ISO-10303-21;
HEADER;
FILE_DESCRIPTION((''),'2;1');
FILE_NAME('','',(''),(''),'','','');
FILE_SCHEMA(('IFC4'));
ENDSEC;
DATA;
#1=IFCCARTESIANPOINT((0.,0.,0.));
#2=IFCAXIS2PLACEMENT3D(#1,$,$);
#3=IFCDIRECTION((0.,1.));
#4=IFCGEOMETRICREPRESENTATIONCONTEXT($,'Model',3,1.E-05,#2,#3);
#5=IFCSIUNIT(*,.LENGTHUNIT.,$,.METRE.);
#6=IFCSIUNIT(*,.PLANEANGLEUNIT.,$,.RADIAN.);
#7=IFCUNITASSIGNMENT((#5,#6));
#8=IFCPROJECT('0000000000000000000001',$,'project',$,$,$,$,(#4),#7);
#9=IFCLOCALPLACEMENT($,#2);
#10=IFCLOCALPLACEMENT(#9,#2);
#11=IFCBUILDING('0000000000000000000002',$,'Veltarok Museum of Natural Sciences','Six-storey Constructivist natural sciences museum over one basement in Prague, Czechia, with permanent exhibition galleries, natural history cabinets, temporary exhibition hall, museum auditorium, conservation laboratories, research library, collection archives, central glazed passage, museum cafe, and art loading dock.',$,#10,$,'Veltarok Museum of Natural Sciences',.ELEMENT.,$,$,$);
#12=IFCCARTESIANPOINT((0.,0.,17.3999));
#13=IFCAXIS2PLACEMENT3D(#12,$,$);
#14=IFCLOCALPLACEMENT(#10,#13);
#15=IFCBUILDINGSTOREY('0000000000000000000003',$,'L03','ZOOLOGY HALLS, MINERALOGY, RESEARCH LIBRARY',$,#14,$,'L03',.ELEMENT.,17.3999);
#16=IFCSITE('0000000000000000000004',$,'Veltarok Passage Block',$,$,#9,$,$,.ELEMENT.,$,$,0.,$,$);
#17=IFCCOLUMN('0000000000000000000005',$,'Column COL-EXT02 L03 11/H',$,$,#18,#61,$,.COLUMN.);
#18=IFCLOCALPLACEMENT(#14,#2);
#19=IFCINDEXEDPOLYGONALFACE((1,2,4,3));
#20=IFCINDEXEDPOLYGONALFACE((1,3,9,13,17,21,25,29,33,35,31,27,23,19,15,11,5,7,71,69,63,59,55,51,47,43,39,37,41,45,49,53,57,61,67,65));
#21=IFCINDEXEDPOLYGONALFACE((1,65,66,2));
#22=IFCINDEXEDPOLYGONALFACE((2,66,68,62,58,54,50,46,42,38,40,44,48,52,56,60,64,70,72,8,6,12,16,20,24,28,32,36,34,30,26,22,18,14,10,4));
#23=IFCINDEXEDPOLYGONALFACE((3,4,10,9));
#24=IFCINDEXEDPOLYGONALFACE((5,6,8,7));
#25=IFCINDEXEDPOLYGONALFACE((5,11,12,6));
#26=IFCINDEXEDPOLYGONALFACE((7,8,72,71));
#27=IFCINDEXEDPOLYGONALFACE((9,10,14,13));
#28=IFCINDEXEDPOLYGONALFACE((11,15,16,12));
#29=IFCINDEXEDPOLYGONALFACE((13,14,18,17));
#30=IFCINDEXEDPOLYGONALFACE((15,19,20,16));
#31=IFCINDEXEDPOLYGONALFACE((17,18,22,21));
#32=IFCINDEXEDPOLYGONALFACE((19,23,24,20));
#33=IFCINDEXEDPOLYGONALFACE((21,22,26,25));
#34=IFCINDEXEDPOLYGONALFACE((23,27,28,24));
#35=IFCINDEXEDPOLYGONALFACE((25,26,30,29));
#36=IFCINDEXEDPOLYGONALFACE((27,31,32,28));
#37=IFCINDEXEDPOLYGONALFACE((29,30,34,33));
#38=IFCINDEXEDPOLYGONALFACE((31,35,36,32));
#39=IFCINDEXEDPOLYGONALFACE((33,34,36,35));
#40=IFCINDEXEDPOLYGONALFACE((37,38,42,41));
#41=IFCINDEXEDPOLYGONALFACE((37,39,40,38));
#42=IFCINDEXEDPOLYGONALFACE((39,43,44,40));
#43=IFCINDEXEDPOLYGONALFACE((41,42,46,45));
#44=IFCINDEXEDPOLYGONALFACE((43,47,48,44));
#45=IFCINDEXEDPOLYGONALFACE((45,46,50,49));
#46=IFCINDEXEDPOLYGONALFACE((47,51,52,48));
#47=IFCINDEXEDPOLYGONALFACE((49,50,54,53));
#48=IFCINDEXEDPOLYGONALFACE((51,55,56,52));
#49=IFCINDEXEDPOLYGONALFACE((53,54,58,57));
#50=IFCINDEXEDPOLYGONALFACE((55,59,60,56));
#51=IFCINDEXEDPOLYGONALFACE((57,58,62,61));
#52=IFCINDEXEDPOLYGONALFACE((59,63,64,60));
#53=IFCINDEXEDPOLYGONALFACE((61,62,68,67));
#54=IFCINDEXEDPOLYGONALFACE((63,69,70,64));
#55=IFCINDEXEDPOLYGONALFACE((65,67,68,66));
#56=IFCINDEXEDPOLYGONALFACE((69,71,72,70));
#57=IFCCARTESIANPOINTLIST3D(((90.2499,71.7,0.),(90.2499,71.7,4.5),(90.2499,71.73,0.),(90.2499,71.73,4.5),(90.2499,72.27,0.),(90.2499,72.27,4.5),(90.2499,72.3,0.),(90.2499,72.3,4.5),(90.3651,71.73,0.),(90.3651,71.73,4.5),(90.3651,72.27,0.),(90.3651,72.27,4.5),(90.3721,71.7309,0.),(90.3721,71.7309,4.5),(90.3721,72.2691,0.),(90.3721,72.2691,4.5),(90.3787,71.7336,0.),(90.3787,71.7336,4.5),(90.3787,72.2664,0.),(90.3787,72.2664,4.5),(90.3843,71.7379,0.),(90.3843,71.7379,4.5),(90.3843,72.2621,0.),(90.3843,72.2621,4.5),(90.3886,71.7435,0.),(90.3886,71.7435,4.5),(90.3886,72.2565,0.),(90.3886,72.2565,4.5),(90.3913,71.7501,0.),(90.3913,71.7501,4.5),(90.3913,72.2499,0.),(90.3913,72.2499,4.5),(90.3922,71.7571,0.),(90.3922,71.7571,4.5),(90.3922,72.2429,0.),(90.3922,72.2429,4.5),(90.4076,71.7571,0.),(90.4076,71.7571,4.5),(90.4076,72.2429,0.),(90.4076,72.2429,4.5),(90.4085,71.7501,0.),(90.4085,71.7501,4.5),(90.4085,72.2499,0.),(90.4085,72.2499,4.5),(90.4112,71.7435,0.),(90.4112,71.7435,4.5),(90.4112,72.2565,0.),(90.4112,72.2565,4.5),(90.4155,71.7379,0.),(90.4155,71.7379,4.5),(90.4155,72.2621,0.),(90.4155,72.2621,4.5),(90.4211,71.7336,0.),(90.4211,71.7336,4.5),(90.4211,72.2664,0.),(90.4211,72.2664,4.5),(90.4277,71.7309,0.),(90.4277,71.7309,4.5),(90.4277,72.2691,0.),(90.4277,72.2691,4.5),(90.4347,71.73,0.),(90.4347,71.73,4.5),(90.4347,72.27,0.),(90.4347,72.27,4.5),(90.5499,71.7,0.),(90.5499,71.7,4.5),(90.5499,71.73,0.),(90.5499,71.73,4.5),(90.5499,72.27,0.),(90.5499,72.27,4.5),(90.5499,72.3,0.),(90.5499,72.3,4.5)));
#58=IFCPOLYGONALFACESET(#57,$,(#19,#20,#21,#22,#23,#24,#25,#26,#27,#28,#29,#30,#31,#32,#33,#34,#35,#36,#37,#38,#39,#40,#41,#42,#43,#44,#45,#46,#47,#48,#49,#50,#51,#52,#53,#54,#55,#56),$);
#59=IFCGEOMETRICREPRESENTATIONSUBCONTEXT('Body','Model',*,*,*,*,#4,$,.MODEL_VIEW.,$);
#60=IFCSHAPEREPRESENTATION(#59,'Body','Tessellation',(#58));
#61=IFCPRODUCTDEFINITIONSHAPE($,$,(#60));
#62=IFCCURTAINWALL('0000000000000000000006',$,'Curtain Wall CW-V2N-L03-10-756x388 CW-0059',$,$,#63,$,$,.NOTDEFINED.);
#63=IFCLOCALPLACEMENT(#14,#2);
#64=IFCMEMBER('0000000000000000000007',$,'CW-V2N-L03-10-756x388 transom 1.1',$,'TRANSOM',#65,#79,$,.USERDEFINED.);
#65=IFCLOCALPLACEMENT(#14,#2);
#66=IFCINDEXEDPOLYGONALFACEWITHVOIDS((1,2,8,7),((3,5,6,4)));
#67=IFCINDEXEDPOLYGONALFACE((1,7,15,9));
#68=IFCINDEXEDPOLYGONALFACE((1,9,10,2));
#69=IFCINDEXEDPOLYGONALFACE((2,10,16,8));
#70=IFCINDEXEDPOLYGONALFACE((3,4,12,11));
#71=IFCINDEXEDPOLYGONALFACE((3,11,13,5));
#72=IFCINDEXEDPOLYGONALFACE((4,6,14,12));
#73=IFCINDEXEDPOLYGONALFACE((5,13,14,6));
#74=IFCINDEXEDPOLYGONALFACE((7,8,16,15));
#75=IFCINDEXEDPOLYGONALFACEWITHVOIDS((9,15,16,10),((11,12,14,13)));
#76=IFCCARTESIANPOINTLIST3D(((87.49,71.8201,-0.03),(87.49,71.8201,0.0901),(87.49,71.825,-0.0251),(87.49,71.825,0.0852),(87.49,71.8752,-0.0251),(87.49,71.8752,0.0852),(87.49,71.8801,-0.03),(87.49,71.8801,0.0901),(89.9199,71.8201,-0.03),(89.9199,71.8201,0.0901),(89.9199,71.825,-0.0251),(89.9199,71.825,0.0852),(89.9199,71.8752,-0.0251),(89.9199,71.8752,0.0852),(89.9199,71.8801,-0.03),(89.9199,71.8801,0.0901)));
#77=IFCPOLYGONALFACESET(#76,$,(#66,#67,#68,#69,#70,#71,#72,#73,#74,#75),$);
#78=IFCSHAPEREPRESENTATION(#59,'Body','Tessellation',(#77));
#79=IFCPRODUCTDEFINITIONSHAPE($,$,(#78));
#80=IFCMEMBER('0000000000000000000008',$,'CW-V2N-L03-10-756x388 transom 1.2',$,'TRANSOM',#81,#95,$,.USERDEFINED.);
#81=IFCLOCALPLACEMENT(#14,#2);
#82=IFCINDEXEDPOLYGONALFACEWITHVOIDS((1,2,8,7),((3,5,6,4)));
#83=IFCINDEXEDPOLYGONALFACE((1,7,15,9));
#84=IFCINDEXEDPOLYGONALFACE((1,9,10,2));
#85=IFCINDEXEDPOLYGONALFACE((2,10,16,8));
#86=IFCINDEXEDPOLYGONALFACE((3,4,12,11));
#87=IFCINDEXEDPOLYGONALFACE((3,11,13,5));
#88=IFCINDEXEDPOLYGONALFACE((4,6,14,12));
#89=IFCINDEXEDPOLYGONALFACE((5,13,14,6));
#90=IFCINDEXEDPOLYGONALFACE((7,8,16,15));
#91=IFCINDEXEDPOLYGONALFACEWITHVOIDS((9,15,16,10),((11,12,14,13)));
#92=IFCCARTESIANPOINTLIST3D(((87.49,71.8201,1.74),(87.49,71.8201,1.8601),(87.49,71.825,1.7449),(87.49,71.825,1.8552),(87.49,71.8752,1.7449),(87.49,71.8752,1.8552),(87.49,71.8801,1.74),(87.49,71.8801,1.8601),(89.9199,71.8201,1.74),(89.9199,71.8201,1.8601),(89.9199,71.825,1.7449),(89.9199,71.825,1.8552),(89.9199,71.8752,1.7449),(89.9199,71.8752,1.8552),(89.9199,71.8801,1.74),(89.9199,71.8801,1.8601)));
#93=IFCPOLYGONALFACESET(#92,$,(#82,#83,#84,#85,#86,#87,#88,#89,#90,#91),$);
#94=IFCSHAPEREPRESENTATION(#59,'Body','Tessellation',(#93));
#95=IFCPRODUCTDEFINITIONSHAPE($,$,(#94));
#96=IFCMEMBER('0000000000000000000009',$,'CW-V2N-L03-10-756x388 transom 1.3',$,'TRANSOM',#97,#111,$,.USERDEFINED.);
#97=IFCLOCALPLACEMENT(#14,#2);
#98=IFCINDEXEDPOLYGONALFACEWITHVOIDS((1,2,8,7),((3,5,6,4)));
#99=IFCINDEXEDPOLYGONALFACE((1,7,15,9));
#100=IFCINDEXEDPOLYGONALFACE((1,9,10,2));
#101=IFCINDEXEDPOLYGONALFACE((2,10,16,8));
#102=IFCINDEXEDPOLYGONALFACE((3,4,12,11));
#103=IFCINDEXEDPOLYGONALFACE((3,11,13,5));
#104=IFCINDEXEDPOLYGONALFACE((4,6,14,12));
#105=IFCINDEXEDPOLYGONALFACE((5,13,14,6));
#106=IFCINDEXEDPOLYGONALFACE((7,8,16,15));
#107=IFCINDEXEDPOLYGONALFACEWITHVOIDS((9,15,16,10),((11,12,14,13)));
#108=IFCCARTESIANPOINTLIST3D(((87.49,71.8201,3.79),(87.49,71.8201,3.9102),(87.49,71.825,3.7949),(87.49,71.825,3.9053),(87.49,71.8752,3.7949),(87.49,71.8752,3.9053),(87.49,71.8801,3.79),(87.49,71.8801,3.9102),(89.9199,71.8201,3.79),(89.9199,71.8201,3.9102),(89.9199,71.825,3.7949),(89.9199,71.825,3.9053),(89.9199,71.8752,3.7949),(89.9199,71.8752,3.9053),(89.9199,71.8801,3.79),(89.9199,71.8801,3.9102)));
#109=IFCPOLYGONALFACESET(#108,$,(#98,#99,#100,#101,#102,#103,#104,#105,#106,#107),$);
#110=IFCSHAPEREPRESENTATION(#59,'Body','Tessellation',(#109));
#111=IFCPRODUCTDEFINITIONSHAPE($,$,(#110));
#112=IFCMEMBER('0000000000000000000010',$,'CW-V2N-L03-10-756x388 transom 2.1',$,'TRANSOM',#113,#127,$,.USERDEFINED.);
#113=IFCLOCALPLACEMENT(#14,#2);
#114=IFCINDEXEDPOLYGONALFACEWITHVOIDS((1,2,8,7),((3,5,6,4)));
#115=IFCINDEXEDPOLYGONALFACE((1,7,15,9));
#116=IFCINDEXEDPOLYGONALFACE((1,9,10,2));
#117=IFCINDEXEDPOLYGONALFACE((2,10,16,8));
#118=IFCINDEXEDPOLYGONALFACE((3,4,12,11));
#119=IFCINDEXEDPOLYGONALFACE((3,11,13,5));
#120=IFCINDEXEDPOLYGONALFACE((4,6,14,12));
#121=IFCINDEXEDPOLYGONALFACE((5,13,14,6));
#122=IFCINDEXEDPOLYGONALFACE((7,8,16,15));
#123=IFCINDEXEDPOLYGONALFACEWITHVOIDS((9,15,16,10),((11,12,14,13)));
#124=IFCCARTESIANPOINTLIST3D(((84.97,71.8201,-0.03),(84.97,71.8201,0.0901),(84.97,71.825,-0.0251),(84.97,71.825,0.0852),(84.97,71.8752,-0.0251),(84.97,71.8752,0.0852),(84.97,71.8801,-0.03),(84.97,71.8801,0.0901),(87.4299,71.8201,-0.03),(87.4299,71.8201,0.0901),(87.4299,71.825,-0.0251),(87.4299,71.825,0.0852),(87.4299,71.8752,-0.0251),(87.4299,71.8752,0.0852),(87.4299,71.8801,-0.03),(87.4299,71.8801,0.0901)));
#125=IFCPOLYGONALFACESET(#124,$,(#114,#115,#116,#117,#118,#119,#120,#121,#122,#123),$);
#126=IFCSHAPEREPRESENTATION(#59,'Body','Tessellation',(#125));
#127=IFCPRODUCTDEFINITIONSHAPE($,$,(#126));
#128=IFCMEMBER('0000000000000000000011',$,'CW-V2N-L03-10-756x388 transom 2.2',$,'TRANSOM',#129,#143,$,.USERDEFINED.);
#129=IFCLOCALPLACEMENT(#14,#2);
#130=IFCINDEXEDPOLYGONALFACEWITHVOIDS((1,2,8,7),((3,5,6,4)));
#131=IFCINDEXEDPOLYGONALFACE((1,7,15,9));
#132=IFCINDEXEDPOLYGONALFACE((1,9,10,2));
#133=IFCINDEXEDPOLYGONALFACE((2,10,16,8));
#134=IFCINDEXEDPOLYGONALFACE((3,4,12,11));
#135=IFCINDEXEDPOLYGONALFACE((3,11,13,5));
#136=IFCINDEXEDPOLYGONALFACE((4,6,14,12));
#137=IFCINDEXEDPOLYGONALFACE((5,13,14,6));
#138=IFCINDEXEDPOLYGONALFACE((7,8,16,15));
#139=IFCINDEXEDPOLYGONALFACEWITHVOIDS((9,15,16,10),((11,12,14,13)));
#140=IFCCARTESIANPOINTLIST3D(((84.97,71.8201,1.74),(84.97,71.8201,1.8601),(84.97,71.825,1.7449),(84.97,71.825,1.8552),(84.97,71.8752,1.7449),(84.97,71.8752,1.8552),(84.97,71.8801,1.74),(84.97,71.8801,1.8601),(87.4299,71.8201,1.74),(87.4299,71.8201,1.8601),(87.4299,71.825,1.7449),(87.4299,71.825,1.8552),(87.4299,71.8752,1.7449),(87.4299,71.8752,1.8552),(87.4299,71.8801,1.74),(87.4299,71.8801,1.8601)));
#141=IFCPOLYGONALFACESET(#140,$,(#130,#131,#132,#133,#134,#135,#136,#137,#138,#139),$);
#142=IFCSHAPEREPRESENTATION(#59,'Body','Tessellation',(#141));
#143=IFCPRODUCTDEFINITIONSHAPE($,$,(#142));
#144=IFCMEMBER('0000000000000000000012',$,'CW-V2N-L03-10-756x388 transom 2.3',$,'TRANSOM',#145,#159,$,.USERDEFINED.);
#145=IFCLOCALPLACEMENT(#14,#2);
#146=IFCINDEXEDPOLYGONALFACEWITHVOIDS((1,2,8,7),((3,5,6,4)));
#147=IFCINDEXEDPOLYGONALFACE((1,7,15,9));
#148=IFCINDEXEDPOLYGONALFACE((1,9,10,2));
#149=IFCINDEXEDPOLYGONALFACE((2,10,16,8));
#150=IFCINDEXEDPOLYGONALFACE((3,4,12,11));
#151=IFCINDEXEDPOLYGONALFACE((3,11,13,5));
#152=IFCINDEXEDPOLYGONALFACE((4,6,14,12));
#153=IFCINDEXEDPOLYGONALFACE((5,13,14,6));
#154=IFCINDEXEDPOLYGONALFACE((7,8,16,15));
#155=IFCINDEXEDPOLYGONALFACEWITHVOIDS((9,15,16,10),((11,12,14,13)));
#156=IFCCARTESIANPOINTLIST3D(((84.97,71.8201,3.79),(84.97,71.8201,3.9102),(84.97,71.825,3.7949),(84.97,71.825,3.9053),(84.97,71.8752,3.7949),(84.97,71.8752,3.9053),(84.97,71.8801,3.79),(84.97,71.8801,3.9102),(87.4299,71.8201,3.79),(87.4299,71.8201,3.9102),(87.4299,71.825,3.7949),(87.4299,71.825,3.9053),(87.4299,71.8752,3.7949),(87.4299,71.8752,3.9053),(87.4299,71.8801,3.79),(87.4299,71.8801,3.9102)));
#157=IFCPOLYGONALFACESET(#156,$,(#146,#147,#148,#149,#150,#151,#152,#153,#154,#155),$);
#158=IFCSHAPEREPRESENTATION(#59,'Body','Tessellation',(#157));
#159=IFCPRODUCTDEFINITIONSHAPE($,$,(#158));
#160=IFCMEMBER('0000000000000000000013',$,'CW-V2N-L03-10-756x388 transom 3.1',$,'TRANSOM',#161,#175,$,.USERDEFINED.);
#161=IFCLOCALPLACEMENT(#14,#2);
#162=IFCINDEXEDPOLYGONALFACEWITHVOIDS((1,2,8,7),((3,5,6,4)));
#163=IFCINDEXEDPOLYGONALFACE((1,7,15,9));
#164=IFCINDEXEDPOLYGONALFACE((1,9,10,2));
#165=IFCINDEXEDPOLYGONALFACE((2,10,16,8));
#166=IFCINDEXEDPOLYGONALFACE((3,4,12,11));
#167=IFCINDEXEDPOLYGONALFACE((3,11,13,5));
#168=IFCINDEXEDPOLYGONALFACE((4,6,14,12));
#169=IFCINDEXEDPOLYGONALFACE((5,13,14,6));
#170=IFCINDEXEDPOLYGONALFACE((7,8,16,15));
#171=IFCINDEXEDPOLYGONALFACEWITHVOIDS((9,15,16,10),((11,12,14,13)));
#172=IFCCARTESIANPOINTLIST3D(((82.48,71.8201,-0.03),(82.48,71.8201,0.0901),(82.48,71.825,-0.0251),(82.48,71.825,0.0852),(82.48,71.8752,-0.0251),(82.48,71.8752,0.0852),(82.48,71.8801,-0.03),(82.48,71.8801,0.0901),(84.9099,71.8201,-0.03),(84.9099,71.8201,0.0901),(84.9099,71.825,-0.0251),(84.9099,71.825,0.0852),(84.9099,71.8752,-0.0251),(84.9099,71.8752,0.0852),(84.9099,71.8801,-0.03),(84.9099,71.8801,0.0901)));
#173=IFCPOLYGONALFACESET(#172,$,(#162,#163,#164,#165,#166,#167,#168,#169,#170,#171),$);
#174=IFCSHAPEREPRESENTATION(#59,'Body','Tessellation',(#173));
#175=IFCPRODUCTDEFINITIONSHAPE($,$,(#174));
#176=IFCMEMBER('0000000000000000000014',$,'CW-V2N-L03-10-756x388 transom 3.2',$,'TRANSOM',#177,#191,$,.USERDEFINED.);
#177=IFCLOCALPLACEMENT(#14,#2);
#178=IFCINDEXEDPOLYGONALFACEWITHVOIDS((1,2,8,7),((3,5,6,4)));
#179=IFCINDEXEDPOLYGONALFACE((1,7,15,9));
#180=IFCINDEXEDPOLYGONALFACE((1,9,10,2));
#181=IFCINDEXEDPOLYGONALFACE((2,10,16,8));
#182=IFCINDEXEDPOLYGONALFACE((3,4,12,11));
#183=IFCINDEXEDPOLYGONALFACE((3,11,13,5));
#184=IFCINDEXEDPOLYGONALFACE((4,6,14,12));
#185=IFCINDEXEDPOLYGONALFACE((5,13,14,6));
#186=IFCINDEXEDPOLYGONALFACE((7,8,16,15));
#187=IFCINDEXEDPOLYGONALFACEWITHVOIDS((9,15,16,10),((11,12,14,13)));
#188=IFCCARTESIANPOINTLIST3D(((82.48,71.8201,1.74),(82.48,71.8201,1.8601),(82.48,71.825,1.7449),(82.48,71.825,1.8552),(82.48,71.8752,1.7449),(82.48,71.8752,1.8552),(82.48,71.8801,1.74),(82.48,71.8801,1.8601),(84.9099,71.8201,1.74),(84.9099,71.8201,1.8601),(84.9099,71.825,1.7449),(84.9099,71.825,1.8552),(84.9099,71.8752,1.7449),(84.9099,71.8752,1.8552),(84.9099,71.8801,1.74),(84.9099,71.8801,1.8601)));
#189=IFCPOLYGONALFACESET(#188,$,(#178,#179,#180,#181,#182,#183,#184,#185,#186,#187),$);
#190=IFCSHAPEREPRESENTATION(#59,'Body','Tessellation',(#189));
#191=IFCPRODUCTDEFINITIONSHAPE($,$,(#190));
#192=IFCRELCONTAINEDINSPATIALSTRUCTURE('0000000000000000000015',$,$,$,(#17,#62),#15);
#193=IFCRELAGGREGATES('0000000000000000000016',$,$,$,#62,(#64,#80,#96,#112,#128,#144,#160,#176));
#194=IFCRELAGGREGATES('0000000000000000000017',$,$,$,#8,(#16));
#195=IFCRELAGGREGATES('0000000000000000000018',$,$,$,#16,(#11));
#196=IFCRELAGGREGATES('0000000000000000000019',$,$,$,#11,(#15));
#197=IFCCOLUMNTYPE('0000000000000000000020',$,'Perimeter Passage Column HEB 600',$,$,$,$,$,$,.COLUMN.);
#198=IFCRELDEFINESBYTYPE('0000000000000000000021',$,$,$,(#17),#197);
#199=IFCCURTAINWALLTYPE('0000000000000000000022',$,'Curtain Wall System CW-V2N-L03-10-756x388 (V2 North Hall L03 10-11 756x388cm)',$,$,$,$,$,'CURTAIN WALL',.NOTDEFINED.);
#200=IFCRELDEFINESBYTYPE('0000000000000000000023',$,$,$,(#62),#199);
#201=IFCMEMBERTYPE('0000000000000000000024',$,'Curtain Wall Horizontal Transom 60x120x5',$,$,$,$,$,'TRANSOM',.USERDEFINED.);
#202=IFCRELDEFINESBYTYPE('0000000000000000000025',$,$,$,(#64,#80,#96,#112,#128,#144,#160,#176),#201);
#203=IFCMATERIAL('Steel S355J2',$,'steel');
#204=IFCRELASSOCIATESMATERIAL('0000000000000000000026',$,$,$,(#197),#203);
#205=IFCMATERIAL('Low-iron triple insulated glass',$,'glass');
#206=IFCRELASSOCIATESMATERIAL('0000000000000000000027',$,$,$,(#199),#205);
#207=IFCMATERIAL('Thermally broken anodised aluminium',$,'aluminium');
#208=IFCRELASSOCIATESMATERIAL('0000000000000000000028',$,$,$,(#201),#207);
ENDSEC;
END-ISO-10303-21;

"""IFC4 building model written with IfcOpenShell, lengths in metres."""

from ifc_helpers import new_model, si_unit, direction, frame, origin, origin_2d, place, context, subcontext, project, spatial, hollow_rectangle, i_section, extrude, material, material_profile, profile_set, type_object, element, aggregate, save


model = new_model("IFC4")

# Units and contexts
model_context = context("Model", 3, precision=1e-05, world=origin(), true_north=direction((0.0, 1.0)))
body_context = subcontext(model_context, "Body", "Model", "MODEL_VIEW")
ifc_project = project(units=[si_unit("LENGTHUNIT", "METRE"), si_unit("PLANEANGLEUNIT", "RADIAN")], contexts=[model_context])

# Site, building, storey
site_placement = place(None, origin())
site = spatial("IfcSite", under=ifc_project, at=site_placement, Name="Veltarok Passage Block", CompositionType="ELEMENT", RefElevation=0.0)
building_placement = place(site_placement, origin())
building = spatial("IfcBuilding", under=site, at=building_placement, Name="Veltarok Museum of Natural Sciences", Description="Six-storey Constructivist natural sciences museum over one basement in Prague, Czechia, with permanent exhibition galleries, natural history cabinets, temporary exhibition hall, museum auditorium, conservation laboratories, research library, collection archives, central glazed passage, museum cafe, and art loading dock.", LongName="Veltarok Museum of Natural Sciences", CompositionType="ELEMENT")
storey_placement = place(building_placement, frame((0.0, 0.0, 17.3999)))
storey = spatial("IfcBuildingStorey", under=building, at=storey_placement, Name="L03", Description="ZOOLOGY HALLS, MINERALOGY, RESEARCH LIBRARY", LongName="L03", CompositionType="ELEMENT", Elevation=17.3999)

# Column
ifc_material_1 = material(Name="Steel S355J2", Category="steel")
ifc_material_profile_1 = material_profile(ifc_material_1, i_section(OverallWidth=0.3, OverallDepth=0.6001, WebThickness=0.0154, FlangeThickness=0.03, FilletRadius=0.0271, at=origin_2d()), Name="HEB 600")
ifc_profile_set_1 = profile_set([ifc_material_profile_1], Name="Steel S355J2")
column_type = type_object("IfcColumnType", Name="Perimeter Passage Column HEB 600", PredefinedType="COLUMN", material=ifc_profile_set_1)
column_placement = place(storey_placement, frame((90.3999, 72.0, 0.0), z_axis=(0.0, 0.0, 1.0), x_axis=(1.0, 0.0, 0.0)))
element("IfcColumn", 1, at=column_placement, inside=storey, type_object=column_type, Name="Column COL-EXT02 L03 11/H", PredefinedType="COLUMN", context=body_context, shape_type="SweptSolid", body=[
    extrude(i_section(OverallWidth=0.3, OverallDepth=0.6001, WebThickness=0.0154, FlangeThickness=0.03, FilletRadius=0.0271, at=origin_2d()), origin(), (0.0, 0.0, 1.0), 4.5),
])

# Curtain wall, members
ifc_material_2 = material(Name="Low-iron triple insulated glass", Category="glass")
curtain_wall_type_1 = type_object("IfcCurtainWallType", Name="Curtain Wall System CW-V2N-L03-10-756x388 (V2 North Hall L03 10-11 756x388cm)", ElementType="CURTAIN WALL", PredefinedType="NOTDEFINED", material=ifc_material_2)
curtain_wall_1_placement = place(storey_placement, origin())
curtain_wall_1 = element("IfcCurtainWall", 2, at=curtain_wall_1_placement, inside=storey, type_object=curtain_wall_type_1, Name="Curtain Wall CW-V2N-L03-10-756x388 CW-0059", PredefinedType="NOTDEFINED")
ifc_material_3 = material(Name="Thermally broken anodised aluminium", Category="aluminium")
ifc_material_profile_2 = material_profile(ifc_material_3, hollow_rectangle(XDim=0.0601, YDim=0.1201, WallThickness=0.0049, at=origin_2d()), Name="CW TRANSOM 60x120x5")
ifc_profile_set_2 = profile_set([ifc_material_profile_2], Name="Thermally broken anodised aluminium")
member_type_1 = type_object("IfcMemberType", Name="Curtain Wall Horizontal Transom 60x120x5", ElementType="TRANSOM", PredefinedType="USERDEFINED", material=ifc_profile_set_2)
member_1_placement = place(storey_placement, frame((89.9199, 71.8501, 0.03), z_axis=(-1.0, 0.0, 0.0), x_axis=(0.0, -1.0, 0.0)))
member_1 = element("IfcMember", 3, at=member_1_placement, type_object=member_type_1, Name="CW-V2N-L03-10-756x388 transom 1.1", ObjectType="TRANSOM", PredefinedType="USERDEFINED", context=body_context, shape_type="SweptSolid", body=[
    extrude(hollow_rectangle(XDim=0.0601, YDim=0.1201, WallThickness=0.0049, at=origin_2d()), origin(), (0.0, 0.0, 1.0), 2.4299),
])
member_2_placement = place(storey_placement, frame((89.9199, 71.8501, 1.8), z_axis=(-1.0, 0.0, 0.0), x_axis=(0.0, -1.0, 0.0)))
member_2 = element("IfcMember", 4, at=member_2_placement, type_object=member_type_1, Name="CW-V2N-L03-10-756x388 transom 1.2", ObjectType="TRANSOM", PredefinedType="USERDEFINED", context=body_context, shape_type="SweptSolid", body=[
    extrude(hollow_rectangle(XDim=0.0601, YDim=0.1201, WallThickness=0.0049, at=origin_2d()), origin(), (0.0, 0.0, 1.0), 2.4299),
])
member_3_placement = place(storey_placement, frame((89.9199, 71.8501, 3.8501), z_axis=(-1.0, 0.0, 0.0), x_axis=(0.0, -1.0, 0.0)))
member_3 = element("IfcMember", 5, at=member_3_placement, type_object=member_type_1, Name="CW-V2N-L03-10-756x388 transom 1.3", ObjectType="TRANSOM", PredefinedType="USERDEFINED", context=body_context, shape_type="SweptSolid", body=[
    extrude(hollow_rectangle(XDim=0.0601, YDim=0.1201, WallThickness=0.0049, at=origin_2d()), origin(), (0.0, 0.0, 1.0), 2.4299),
])
member_4_placement = place(storey_placement, frame((87.4299, 71.8501, 0.03), z_axis=(-1.0, 0.0, 0.0), x_axis=(0.0, -1.0, 0.0)))
member_4 = element("IfcMember", 6, at=member_4_placement, type_object=member_type_1, Name="CW-V2N-L03-10-756x388 transom 2.1", ObjectType="TRANSOM", PredefinedType="USERDEFINED", context=body_context, shape_type="SweptSolid", body=[
    extrude(hollow_rectangle(XDim=0.0601, YDim=0.1201, WallThickness=0.0049, at=origin_2d()), origin(), (0.0, 0.0, 1.0), 2.46),
])
member_5_placement = place(storey_placement, frame((87.4299, 71.8501, 1.8), z_axis=(-1.0, 0.0, 0.0), x_axis=(0.0, -1.0, 0.0)))
member_5 = element("IfcMember", 7, at=member_5_placement, type_object=member_type_1, Name="CW-V2N-L03-10-756x388 transom 2.2", ObjectType="TRANSOM", PredefinedType="USERDEFINED", context=body_context, shape_type="SweptSolid", body=[
    extrude(hollow_rectangle(XDim=0.0601, YDim=0.1201, WallThickness=0.0049, at=origin_2d()), origin(), (0.0, 0.0, 1.0), 2.46),
])
member_6_placement = place(storey_placement, frame((87.4299, 71.8501, 3.8501), z_axis=(-1.0, 0.0, 0.0), x_axis=(0.0, -1.0, 0.0)))
member_6 = element("IfcMember", 8, at=member_6_placement, type_object=member_type_1, Name="CW-V2N-L03-10-756x388 transom 2.3", ObjectType="TRANSOM", PredefinedType="USERDEFINED", context=body_context, shape_type="SweptSolid", body=[
    extrude(hollow_rectangle(XDim=0.0601, YDim=0.1201, WallThickness=0.0049, at=origin_2d()), origin(), (0.0, 0.0, 1.0), 2.46),
])
member_7_placement = place(storey_placement, frame((84.9099, 71.8501, 0.03), z_axis=(-1.0, 0.0, 0.0), x_axis=(0.0, -1.0, 0.0)))
member_7 = element("IfcMember", 9, at=member_7_placement, type_object=member_type_1, Name="CW-V2N-L03-10-756x388 transom 3.1", ObjectType="TRANSOM", PredefinedType="USERDEFINED", context=body_context, shape_type="SweptSolid", body=[
    extrude(hollow_rectangle(XDim=0.0601, YDim=0.1201, WallThickness=0.0049, at=origin_2d()), origin(), (0.0, 0.0, 1.0), 2.4299),
])
member_8_placement = place(storey_placement, frame((84.9099, 71.8501, 1.8), z_axis=(-1.0, 0.0, 0.0), x_axis=(0.0, -1.0, 0.0)))
member_8 = element("IfcMember", 10, at=member_8_placement, type_object=member_type_1, Name="CW-V2N-L03-10-756x388 transom 3.2", ObjectType="TRANSOM", PredefinedType="USERDEFINED", context=body_context, shape_type="SweptSolid", body=[
    extrude(hollow_rectangle(XDim=0.0601, YDim=0.1201, WallThickness=0.0049, at=origin_2d()), origin(), (0.0, 0.0, 1.0), 2.4299),
])

aggregate(curtain_wall_1, [member_1, member_2, member_3, member_4, member_5, member_6, member_7, member_8])

save(model, "model.ifc")
